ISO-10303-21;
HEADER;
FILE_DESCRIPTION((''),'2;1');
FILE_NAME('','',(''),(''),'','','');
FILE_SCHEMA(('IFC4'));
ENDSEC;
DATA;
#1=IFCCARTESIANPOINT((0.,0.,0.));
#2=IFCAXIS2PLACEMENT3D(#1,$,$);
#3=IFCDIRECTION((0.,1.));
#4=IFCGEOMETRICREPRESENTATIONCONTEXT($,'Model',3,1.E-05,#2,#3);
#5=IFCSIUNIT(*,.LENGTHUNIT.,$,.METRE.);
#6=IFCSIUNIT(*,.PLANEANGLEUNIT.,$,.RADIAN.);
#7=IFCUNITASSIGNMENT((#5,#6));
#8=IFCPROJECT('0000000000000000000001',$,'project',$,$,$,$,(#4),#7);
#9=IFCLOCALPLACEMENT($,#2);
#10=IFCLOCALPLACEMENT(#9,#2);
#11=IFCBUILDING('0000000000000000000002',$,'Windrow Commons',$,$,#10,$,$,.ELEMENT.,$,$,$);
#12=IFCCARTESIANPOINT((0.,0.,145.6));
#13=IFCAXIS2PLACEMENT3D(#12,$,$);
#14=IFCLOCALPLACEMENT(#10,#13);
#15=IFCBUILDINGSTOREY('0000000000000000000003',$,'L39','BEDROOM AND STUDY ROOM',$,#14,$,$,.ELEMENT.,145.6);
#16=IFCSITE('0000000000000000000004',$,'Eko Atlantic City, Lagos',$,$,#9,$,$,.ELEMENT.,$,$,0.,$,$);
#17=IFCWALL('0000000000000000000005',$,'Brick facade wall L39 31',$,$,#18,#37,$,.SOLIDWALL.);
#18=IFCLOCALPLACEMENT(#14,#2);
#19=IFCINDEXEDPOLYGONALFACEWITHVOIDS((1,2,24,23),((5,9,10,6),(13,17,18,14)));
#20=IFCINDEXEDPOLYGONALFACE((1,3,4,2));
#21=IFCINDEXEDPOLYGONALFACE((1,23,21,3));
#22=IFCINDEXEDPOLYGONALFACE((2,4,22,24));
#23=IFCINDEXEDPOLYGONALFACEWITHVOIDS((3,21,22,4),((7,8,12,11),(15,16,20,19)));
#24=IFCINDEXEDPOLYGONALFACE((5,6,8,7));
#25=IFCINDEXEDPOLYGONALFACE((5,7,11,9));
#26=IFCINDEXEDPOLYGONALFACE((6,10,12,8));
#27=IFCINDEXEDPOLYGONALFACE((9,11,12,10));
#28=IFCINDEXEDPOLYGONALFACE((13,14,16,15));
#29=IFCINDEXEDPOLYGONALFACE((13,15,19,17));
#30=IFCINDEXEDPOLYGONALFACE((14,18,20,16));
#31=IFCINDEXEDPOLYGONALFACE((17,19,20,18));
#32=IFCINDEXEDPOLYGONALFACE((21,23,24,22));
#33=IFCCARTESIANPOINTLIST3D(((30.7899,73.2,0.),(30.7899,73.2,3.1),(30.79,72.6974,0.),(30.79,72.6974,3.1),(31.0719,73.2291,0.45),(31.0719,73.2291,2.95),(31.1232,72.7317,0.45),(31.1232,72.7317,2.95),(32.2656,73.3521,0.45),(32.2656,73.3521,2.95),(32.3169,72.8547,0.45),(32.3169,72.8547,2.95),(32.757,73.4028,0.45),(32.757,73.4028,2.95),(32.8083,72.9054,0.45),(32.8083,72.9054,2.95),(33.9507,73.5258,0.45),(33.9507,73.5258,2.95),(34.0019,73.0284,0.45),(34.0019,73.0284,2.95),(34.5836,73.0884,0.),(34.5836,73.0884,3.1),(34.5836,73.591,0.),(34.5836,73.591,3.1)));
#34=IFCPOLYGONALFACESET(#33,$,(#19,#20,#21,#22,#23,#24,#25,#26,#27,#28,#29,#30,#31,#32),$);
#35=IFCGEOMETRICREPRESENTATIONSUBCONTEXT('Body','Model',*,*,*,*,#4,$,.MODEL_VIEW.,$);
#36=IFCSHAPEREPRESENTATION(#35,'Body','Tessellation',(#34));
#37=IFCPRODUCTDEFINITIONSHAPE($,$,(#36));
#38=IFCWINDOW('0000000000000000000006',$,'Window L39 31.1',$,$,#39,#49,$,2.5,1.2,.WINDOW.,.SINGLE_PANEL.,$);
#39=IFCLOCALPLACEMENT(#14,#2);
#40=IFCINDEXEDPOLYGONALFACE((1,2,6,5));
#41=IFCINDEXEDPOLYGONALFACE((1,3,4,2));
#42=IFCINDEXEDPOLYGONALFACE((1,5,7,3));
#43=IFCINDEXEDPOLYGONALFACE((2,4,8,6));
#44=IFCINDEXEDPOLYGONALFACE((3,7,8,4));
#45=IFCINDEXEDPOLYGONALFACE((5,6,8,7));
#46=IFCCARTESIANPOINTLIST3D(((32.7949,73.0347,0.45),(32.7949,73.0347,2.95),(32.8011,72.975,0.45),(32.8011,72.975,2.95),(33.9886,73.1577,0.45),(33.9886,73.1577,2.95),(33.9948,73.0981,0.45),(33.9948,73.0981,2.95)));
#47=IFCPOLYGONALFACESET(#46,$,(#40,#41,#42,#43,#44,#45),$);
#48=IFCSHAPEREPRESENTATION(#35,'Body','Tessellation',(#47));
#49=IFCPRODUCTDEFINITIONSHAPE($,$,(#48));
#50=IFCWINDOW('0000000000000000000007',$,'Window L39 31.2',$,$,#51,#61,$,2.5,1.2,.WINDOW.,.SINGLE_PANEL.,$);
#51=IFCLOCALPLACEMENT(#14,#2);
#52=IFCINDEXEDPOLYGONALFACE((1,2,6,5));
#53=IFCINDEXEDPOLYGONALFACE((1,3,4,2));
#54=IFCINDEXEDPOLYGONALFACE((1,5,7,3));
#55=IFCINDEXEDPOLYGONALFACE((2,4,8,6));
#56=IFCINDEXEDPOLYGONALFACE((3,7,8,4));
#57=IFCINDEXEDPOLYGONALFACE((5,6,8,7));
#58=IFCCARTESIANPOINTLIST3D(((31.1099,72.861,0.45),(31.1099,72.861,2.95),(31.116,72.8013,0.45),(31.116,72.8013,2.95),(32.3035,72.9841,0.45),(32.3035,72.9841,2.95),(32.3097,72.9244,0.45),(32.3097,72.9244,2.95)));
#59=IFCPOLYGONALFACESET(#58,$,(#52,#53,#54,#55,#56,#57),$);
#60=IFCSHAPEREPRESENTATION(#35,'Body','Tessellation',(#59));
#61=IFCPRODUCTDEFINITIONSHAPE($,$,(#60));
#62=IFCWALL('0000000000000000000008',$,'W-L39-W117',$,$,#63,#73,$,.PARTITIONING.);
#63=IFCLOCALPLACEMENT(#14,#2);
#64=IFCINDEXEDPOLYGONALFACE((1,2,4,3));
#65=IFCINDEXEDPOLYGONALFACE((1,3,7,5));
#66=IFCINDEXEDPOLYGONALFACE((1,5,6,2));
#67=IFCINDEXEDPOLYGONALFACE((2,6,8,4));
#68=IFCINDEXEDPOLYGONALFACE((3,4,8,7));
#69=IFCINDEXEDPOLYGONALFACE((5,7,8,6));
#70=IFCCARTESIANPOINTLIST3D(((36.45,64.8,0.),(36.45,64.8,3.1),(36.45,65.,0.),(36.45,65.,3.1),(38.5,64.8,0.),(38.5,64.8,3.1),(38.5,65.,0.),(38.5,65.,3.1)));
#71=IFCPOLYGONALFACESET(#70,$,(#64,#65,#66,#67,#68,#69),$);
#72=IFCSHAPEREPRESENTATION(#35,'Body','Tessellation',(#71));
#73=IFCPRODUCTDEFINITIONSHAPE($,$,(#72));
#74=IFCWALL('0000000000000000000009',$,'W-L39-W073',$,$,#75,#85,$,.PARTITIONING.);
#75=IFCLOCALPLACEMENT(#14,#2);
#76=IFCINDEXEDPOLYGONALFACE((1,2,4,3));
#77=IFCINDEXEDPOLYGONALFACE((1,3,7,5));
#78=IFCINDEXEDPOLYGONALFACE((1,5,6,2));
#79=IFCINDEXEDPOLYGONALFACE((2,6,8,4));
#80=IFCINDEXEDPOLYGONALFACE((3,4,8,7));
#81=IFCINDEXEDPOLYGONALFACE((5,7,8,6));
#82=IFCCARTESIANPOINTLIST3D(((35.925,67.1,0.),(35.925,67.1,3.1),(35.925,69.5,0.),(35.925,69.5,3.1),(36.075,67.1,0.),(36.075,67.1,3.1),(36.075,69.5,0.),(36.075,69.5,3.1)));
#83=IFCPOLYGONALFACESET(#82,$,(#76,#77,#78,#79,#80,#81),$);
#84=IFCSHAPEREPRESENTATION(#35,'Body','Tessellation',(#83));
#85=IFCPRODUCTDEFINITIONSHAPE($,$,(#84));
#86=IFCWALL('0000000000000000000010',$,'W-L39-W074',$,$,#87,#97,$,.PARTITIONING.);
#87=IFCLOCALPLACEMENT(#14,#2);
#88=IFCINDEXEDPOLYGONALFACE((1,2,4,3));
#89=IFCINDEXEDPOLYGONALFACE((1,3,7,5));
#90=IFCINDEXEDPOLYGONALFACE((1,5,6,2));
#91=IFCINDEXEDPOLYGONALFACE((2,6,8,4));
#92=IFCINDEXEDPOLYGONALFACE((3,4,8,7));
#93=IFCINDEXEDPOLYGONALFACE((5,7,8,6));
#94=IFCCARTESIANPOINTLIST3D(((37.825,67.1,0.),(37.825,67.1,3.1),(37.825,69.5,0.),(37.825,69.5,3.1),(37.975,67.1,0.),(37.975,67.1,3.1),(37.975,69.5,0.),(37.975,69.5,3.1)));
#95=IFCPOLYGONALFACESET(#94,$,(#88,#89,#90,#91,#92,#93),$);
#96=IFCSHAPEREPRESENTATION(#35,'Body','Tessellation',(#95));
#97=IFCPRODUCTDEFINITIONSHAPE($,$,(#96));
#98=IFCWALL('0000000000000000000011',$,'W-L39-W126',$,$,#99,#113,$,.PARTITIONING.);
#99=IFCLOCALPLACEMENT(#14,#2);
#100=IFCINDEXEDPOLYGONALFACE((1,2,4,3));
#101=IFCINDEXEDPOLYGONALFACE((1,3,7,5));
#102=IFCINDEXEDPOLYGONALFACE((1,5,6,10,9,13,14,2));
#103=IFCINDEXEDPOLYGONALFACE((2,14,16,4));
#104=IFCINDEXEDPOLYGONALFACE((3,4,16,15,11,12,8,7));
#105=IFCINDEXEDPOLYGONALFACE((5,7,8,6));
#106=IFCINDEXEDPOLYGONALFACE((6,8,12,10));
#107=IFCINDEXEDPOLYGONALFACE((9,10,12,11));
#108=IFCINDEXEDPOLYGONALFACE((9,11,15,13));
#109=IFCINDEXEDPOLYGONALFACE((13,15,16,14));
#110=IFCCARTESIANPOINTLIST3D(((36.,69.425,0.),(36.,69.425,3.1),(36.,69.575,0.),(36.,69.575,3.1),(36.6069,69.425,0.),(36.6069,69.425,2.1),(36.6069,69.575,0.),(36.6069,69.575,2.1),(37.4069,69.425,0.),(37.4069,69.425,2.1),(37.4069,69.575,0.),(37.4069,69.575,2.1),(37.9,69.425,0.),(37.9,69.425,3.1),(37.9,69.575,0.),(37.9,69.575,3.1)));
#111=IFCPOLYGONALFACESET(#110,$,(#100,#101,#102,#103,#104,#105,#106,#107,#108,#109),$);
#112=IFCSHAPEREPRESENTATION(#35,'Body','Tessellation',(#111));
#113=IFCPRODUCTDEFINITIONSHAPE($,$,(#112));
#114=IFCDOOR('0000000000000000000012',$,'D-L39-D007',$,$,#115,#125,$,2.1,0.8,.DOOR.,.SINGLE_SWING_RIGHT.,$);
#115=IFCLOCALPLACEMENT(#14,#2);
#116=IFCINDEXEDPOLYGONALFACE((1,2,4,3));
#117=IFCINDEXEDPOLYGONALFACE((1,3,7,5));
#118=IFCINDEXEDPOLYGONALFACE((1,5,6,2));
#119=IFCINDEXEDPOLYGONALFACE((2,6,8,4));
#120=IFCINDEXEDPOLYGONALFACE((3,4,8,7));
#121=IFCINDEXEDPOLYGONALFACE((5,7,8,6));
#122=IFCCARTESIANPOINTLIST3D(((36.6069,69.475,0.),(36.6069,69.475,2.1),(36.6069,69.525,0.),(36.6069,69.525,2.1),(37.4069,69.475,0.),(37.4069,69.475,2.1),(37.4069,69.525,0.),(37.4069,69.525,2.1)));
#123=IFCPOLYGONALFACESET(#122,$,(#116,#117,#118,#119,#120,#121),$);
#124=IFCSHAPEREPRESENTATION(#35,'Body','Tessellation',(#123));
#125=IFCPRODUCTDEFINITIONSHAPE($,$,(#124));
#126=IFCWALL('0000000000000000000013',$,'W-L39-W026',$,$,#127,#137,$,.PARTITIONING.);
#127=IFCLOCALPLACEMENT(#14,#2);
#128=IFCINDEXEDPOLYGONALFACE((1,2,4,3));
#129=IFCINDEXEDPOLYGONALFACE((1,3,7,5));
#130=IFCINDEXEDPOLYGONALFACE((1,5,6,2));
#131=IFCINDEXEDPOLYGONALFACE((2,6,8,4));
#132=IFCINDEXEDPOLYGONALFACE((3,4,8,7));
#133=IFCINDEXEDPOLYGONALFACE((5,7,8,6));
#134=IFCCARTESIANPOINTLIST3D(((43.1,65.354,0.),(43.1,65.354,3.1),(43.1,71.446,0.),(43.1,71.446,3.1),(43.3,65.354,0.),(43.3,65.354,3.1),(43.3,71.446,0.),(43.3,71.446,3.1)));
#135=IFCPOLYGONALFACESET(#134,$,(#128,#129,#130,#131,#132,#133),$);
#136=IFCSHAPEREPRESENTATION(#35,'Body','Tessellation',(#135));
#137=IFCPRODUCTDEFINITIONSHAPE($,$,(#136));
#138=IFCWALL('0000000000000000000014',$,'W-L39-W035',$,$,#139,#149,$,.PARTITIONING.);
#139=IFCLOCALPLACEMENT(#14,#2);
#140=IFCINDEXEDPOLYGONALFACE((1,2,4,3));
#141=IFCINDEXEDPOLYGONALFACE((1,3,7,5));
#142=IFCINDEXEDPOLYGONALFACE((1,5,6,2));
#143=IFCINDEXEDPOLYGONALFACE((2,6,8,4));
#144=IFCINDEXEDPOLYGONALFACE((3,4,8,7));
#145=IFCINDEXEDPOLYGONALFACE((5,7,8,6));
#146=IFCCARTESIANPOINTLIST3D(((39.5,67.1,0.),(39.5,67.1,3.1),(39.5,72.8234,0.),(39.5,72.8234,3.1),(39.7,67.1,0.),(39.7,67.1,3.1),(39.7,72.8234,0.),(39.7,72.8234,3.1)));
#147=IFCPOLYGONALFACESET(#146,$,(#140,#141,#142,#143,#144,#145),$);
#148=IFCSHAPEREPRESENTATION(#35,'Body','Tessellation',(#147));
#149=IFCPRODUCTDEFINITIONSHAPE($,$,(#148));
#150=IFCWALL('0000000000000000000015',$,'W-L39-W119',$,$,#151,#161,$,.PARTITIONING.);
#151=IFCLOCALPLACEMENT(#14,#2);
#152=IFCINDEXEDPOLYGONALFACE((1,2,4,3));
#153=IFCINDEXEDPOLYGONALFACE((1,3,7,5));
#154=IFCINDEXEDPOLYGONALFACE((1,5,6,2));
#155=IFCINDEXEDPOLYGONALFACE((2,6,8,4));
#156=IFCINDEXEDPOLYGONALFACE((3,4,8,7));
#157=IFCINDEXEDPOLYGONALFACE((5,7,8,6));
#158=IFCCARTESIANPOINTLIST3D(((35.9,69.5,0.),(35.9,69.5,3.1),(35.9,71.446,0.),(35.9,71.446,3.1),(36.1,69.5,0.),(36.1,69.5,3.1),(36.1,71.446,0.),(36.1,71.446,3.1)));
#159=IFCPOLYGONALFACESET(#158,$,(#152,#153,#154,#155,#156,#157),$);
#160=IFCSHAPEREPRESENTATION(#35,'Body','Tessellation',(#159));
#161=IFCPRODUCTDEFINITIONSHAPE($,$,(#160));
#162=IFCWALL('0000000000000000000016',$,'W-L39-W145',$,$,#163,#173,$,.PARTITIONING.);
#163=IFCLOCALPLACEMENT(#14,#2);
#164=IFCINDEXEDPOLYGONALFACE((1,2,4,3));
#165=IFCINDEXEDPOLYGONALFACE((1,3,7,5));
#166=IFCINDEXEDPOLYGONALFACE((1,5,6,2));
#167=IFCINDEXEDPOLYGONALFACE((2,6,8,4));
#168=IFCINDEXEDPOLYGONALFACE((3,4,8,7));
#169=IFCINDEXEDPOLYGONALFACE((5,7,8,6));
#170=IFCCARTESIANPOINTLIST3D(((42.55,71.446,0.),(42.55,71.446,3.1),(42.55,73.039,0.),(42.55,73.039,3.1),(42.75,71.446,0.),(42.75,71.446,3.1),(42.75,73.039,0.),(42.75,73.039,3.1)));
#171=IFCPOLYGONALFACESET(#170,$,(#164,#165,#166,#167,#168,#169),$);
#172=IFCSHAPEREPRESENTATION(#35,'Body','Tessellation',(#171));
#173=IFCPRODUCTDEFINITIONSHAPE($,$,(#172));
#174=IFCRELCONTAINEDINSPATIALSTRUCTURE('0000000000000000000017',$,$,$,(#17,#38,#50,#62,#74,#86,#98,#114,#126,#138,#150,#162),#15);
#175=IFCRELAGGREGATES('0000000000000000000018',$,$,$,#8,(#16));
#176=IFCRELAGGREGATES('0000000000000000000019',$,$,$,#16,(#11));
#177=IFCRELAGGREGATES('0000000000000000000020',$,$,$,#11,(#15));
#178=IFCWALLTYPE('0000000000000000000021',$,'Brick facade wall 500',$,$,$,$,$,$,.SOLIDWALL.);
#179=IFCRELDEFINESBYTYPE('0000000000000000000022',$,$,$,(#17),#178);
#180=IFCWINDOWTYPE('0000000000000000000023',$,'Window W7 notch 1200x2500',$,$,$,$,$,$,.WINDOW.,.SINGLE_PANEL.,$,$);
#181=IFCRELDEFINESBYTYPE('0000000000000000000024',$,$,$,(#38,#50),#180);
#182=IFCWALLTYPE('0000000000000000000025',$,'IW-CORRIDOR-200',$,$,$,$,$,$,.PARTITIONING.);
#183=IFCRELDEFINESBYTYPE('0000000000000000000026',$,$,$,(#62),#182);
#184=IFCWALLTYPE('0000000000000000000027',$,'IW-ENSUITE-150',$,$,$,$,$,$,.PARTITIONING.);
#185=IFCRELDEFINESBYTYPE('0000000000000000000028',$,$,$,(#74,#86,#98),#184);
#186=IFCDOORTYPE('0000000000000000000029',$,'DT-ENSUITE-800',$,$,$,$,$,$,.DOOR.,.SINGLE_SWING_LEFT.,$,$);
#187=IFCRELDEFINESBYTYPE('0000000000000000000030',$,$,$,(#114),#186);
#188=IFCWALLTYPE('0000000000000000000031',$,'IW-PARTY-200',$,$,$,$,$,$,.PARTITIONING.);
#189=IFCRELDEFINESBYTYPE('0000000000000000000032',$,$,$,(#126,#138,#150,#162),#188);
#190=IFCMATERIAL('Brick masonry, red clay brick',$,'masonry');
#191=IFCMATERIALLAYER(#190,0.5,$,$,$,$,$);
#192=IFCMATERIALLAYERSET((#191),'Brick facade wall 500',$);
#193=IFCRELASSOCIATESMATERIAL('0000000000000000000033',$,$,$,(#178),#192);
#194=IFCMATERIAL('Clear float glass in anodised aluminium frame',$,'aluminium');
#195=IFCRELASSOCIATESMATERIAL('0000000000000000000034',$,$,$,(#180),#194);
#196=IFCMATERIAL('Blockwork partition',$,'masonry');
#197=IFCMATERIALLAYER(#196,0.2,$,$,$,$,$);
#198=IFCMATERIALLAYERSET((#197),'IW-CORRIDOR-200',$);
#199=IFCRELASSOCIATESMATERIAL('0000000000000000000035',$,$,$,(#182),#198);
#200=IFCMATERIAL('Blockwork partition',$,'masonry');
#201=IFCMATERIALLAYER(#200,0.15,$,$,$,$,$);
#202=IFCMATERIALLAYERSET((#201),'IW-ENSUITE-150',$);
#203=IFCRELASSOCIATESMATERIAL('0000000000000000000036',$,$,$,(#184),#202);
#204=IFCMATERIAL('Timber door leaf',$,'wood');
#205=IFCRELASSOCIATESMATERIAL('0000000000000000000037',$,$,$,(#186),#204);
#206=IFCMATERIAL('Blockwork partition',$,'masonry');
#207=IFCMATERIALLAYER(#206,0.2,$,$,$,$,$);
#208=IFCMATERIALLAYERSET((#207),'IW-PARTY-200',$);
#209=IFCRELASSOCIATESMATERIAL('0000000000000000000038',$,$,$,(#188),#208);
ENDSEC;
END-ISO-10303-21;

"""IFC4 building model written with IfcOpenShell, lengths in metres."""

from ifc_helpers import new_model, si_unit, direction, frame, frame_2d, origin, place, context, subcontext, project, spatial, polyline, rectangle, outline, extrude, material, layer, layer_set, type_object, element, fill, save


model = new_model("IFC4")

# Units and contexts
model_context = context("Model", 3, precision=1e-05, world=origin(), true_north=direction((0.0, 1.0)))
body_context = subcontext(model_context, "Body", "Model", "MODEL_VIEW")
ifc_project = project(units=[si_unit("LENGTHUNIT", "METRE"), si_unit("PLANEANGLEUNIT", "RADIAN")], contexts=[model_context])

# Site, building, storey
site_placement = place(None, origin())
site = spatial("IfcSite", under=ifc_project, at=site_placement, Name="Eko Atlantic City, Lagos", CompositionType="ELEMENT", RefElevation=0.0)
building_placement = place(site_placement, origin())
building = spatial("IfcBuilding", under=site, at=building_placement, Name="Windrow Commons", CompositionType="ELEMENT")
storey_placement = place(building_placement, frame((0.0, 0.0, 145.6)))
storey = spatial("IfcBuildingStorey", under=building, at=storey_placement, Name="L39", Description="BEDROOM AND STUDY ROOM", CompositionType="ELEMENT", Elevation=145.6)

# Shared definitions
ifc_material_1 = material(Name="Brick masonry, red clay brick", Category="masonry")
ifc_layer_1 = layer(ifc_material_1, 0.5)
ifc_layer_set_1 = layer_set([ifc_layer_1], Name="Brick facade wall 500")
wall_type_1 = type_object("IfcWallType", Name="Brick facade wall 500", PredefinedType="SOLIDWALL", material=ifc_layer_set_1)
ifc_material_2 = material(Name="Clear float glass in anodised aluminium frame", Category="aluminium")
window_type = type_object("IfcWindowType", Name="Window W7 notch 1200x2500", PartitioningType="SINGLE_PANEL", PredefinedType="WINDOW", material=ifc_material_2)

# Wall, openings, windows
wall_1_placement = place(storey_placement, frame((34.5836, 73.3397, 0.0), z_axis=(0.0, 0.0, 1.0), x_axis=(-0.99473, -0.102525, 0.0)))
wall_1 = element("IfcWall", 1, at=wall_1_placement, inside=storey, type_object=wall_type_1, Name="Brick facade wall L39 31", PredefinedType="SOLIDWALL", context=body_context, shape_type="SweptSolid", body=[
    extrude(outline(polyline([(-0.0258, -0.25), (3.788, -0.25), (3.8395, 0.25), (0.0258, 0.25), (-0.0258, -0.25)])), origin(), (0.0, 0.0, 1.0), 3.1),
])
opening_1_placement = place(wall_1_placement, frame((0.6105, 0.0, 0.45)))
opening_1 = element("IfcOpeningElement", 2, at=opening_1_placement, cuts=wall_1, PredefinedType="OPENING", context=body_context, shape_type="SweptSolid", body=[
    extrude(rectangle(XDim=1.2, YDim=2.5, at=frame_2d((0.6, 1.25))), frame((0.0, 0.26, 0.0), z_axis=(0.0, -1.0, 0.0), x_axis=(1.0, 0.0, 0.0)), (0.0, 0.0, 1.0), 0.52),
])
opening_2_placement = place(wall_1_placement, frame((2.3045, 0.0, 0.45)))
opening_2 = element("IfcOpeningElement", 3, at=opening_2_placement, cuts=wall_1, PredefinedType="OPENING", context=body_context, shape_type="SweptSolid", body=[
    extrude(rectangle(XDim=1.2, YDim=2.5, at=frame_2d((0.6, 1.25))), frame((0.0, 0.26, 0.0), z_axis=(0.0, -1.0, 0.0), x_axis=(1.0, 0.0, 0.0)), (0.0, 0.0, 1.0), 0.52),
])
window_1_placement = place(opening_1_placement, origin())
window_1 = element("IfcWindow", 4, at=window_1_placement, inside=storey, type_object=window_type, Name="Window L39 31.1", OverallHeight=2.5, OverallWidth=1.2, PartitioningType="SINGLE_PANEL", PredefinedType="WINDOW", context=body_context, shape_type="SweptSolid", body=[
    extrude(rectangle(XDim=1.2, YDim=2.5, at=frame_2d((0.6, 1.25))), frame((0.0, 0.18, 0.0), z_axis=(0.0, -1.0, 0.0), x_axis=(1.0, 0.0, 0.0)), (0.0, 0.0, 1.0), 0.06),
])
fill(opening_1, window_1)
window_2_placement = place(opening_2_placement, origin())
window_2 = element("IfcWindow", 5, at=window_2_placement, inside=storey, type_object=window_type, Name="Window L39 31.2", OverallHeight=2.5, OverallWidth=1.2, PartitioningType="SINGLE_PANEL", PredefinedType="WINDOW", context=body_context, shape_type="SweptSolid", body=[
    extrude(rectangle(XDim=1.2, YDim=2.5, at=frame_2d((0.6, 1.25))), frame((0.0, 0.18, 0.0), z_axis=(0.0, -1.0, 0.0), x_axis=(1.0, 0.0, 0.0)), (0.0, 0.0, 1.0), 0.06),
])
fill(opening_2, window_2)

# Walls
ifc_material_3 = material(Name="Blockwork partition", Category="masonry")
ifc_layer_2 = layer(ifc_material_3, 0.2)
ifc_layer_set_2 = layer_set([ifc_layer_2], Name="IW-CORRIDOR-200")
wall_type_2 = type_object("IfcWallType", Name="IW-CORRIDOR-200", PredefinedType="PARTITIONING", material=ifc_layer_set_2)
wall_2_placement = place(storey_placement, frame((36.45, 64.9, 0.0), z_axis=(0.0, 0.0, 1.0), x_axis=(1.0, 0.0, 0.0)))
element("IfcWall", 6, at=wall_2_placement, inside=storey, type_object=wall_type_2, Name="W-L39-W117", PredefinedType="PARTITIONING", context=body_context, shape_type="SweptSolid", body=[
    extrude(rectangle(XDim=2.05, YDim=0.2, at=frame_2d((1.025, 0.0))), origin(), (0.0, 0.0, 1.0), 3.1),
])
ifc_material_4 = material(Name="Blockwork partition", Category="masonry")
ifc_layer_3 = layer(ifc_material_4, 0.15)
ifc_layer_set_3 = layer_set([ifc_layer_3], Name="IW-ENSUITE-150")
wall_type_3 = type_object("IfcWallType", Name="IW-ENSUITE-150", PredefinedType="PARTITIONING", material=ifc_layer_set_3)
for number, where, z_axis, x_axis, name in (
    (7, (36.0, 67.1, 0.0), (0.0, 0.0, 1.0), (0.0, 1.0, 0.0), "W-L39-W073"),
    (8, (37.9, 67.1, 0.0), (0.0, 0.0, 1.0), (0.0, 1.0, 0.0), "W-L39-W074"),
):
    element("IfcWall", number, at=place(storey_placement, frame(where, z_axis=z_axis, x_axis=x_axis)), inside=storey, type_object=wall_type_3, Name=name, PredefinedType="PARTITIONING", context=body_context, shape_type="SweptSolid", body=[
        extrude(rectangle(XDim=2.4, YDim=0.15, at=frame_2d((1.2, 0.0))), origin(), (0.0, 0.0, 1.0), 3.1),
    ])

# Wall, opening, door
wall_3_placement = place(storey_placement, frame((36.0, 69.5, 0.0), z_axis=(0.0, 0.0, 1.0), x_axis=(1.0, 0.0, 0.0)))
wall_3 = element("IfcWall", 9, at=wall_3_placement, inside=storey, type_object=wall_type_3, Name="W-L39-W126", PredefinedType="PARTITIONING", context=body_context, shape_type="SweptSolid", body=[
    extrude(rectangle(XDim=1.9, YDim=0.15, at=frame_2d((0.95, 0.0))), origin(), (0.0, 0.0, 1.0), 3.1),
])
opening_3_placement = place(wall_3_placement, frame((0.6069, 0.0, 0.0)))
opening_3 = element("IfcOpeningElement", 10, at=opening_3_placement, cuts=wall_3, PredefinedType="OPENING", context=body_context, shape_type="SweptSolid", body=[
    extrude(rectangle(XDim=0.8, YDim=2.1, at=frame_2d((0.4, 1.05))), frame((0.0, 0.085, 0.0), z_axis=(0.0, -1.0, 0.0), x_axis=(1.0, 0.0, 0.0)), (0.0, 0.0, 1.0), 0.17),
])
ifc_material_5 = material(Name="Timber door leaf", Category="wood")
door_type = type_object("IfcDoorType", Name="DT-ENSUITE-800", OperationType="SINGLE_SWING_LEFT", PredefinedType="DOOR", material=ifc_material_5)
door_placement = place(opening_3_placement, origin())
door = element("IfcDoor", 11, at=door_placement, inside=storey, type_object=door_type, Name="D-L39-D007", OperationType="SINGLE_SWING_RIGHT", OverallHeight=2.1, OverallWidth=0.8, PredefinedType="DOOR", context=body_context, shape_type="SweptSolid", body=[
    extrude(rectangle(XDim=0.8, YDim=2.1, at=frame_2d((0.4, 1.05))), frame((0.0, 0.025, 0.0), z_axis=(0.0, -1.0, 0.0), x_axis=(1.0, 0.0, 0.0)), (0.0, 0.0, 1.0), 0.05),
])
fill(opening_3, door)

# Walls
ifc_material_6 = material(Name="Blockwork partition", Category="masonry")
ifc_layer_4 = layer(ifc_material_6, 0.2)
ifc_layer_set_4 = layer_set([ifc_layer_4], Name="IW-PARTY-200")
wall_type_4 = type_object("IfcWallType", Name="IW-PARTY-200", PredefinedType="PARTITIONING", material=ifc_layer_set_4)
wall_4_placement = place(storey_placement, frame((43.2, 65.354, 0.0), z_axis=(0.0, 0.0, 1.0), x_axis=(0.0, 1.0, 0.0)))
element("IfcWall", 12, at=wall_4_placement, inside=storey, type_object=wall_type_4, Name="W-L39-W026", PredefinedType="PARTITIONING", context=body_context, shape_type="SweptSolid", body=[
    extrude(rectangle(XDim=6.092, YDim=0.2, at=frame_2d((3.046, 0.0))), origin(), (0.0, 0.0, 1.0), 3.1),
])
wall_5_placement = place(storey_placement, frame((39.6, 67.1, 0.0), z_axis=(0.0, 0.0, 1.0), x_axis=(0.0, 1.0, 0.0)))
element("IfcWall", 13, at=wall_5_placement, inside=storey, type_object=wall_type_4, Name="W-L39-W035", PredefinedType="PARTITIONING", context=body_context, shape_type="SweptSolid", body=[
    extrude(rectangle(XDim=5.7234, YDim=0.2, at=frame_2d((2.8617, 0.0))), origin(), (0.0, 0.0, 1.0), 3.1),
])
wall_6_placement = place(storey_placement, frame((36.0, 69.5, 0.0), z_axis=(0.0, 0.0, 1.0), x_axis=(0.0, 1.0, 0.0)))
element("IfcWall", 14, at=wall_6_placement, inside=storey, type_object=wall_type_4, Name="W-L39-W119", PredefinedType="PARTITIONING", context=body_context, shape_type="SweptSolid", body=[
    extrude(rectangle(XDim=1.946, YDim=0.2, at=frame_2d((0.973, 0.0))), origin(), (0.0, 0.0, 1.0), 3.1),
])
wall_7_placement = place(storey_placement, frame((42.65, 71.446, 0.0), z_axis=(0.0, 0.0, 1.0), x_axis=(0.0, 1.0, 0.0)))
element("IfcWall", 15, at=wall_7_placement, inside=storey, type_object=wall_type_4, Name="W-L39-W145", PredefinedType="PARTITIONING", context=body_context, shape_type="SweptSolid", body=[
    extrude(rectangle(XDim=1.593, YDim=0.2, at=frame_2d((0.7965, 0.0))), origin(), (0.0, 0.0, 1.0), 3.1),
])

save(model, "model.ifc")
